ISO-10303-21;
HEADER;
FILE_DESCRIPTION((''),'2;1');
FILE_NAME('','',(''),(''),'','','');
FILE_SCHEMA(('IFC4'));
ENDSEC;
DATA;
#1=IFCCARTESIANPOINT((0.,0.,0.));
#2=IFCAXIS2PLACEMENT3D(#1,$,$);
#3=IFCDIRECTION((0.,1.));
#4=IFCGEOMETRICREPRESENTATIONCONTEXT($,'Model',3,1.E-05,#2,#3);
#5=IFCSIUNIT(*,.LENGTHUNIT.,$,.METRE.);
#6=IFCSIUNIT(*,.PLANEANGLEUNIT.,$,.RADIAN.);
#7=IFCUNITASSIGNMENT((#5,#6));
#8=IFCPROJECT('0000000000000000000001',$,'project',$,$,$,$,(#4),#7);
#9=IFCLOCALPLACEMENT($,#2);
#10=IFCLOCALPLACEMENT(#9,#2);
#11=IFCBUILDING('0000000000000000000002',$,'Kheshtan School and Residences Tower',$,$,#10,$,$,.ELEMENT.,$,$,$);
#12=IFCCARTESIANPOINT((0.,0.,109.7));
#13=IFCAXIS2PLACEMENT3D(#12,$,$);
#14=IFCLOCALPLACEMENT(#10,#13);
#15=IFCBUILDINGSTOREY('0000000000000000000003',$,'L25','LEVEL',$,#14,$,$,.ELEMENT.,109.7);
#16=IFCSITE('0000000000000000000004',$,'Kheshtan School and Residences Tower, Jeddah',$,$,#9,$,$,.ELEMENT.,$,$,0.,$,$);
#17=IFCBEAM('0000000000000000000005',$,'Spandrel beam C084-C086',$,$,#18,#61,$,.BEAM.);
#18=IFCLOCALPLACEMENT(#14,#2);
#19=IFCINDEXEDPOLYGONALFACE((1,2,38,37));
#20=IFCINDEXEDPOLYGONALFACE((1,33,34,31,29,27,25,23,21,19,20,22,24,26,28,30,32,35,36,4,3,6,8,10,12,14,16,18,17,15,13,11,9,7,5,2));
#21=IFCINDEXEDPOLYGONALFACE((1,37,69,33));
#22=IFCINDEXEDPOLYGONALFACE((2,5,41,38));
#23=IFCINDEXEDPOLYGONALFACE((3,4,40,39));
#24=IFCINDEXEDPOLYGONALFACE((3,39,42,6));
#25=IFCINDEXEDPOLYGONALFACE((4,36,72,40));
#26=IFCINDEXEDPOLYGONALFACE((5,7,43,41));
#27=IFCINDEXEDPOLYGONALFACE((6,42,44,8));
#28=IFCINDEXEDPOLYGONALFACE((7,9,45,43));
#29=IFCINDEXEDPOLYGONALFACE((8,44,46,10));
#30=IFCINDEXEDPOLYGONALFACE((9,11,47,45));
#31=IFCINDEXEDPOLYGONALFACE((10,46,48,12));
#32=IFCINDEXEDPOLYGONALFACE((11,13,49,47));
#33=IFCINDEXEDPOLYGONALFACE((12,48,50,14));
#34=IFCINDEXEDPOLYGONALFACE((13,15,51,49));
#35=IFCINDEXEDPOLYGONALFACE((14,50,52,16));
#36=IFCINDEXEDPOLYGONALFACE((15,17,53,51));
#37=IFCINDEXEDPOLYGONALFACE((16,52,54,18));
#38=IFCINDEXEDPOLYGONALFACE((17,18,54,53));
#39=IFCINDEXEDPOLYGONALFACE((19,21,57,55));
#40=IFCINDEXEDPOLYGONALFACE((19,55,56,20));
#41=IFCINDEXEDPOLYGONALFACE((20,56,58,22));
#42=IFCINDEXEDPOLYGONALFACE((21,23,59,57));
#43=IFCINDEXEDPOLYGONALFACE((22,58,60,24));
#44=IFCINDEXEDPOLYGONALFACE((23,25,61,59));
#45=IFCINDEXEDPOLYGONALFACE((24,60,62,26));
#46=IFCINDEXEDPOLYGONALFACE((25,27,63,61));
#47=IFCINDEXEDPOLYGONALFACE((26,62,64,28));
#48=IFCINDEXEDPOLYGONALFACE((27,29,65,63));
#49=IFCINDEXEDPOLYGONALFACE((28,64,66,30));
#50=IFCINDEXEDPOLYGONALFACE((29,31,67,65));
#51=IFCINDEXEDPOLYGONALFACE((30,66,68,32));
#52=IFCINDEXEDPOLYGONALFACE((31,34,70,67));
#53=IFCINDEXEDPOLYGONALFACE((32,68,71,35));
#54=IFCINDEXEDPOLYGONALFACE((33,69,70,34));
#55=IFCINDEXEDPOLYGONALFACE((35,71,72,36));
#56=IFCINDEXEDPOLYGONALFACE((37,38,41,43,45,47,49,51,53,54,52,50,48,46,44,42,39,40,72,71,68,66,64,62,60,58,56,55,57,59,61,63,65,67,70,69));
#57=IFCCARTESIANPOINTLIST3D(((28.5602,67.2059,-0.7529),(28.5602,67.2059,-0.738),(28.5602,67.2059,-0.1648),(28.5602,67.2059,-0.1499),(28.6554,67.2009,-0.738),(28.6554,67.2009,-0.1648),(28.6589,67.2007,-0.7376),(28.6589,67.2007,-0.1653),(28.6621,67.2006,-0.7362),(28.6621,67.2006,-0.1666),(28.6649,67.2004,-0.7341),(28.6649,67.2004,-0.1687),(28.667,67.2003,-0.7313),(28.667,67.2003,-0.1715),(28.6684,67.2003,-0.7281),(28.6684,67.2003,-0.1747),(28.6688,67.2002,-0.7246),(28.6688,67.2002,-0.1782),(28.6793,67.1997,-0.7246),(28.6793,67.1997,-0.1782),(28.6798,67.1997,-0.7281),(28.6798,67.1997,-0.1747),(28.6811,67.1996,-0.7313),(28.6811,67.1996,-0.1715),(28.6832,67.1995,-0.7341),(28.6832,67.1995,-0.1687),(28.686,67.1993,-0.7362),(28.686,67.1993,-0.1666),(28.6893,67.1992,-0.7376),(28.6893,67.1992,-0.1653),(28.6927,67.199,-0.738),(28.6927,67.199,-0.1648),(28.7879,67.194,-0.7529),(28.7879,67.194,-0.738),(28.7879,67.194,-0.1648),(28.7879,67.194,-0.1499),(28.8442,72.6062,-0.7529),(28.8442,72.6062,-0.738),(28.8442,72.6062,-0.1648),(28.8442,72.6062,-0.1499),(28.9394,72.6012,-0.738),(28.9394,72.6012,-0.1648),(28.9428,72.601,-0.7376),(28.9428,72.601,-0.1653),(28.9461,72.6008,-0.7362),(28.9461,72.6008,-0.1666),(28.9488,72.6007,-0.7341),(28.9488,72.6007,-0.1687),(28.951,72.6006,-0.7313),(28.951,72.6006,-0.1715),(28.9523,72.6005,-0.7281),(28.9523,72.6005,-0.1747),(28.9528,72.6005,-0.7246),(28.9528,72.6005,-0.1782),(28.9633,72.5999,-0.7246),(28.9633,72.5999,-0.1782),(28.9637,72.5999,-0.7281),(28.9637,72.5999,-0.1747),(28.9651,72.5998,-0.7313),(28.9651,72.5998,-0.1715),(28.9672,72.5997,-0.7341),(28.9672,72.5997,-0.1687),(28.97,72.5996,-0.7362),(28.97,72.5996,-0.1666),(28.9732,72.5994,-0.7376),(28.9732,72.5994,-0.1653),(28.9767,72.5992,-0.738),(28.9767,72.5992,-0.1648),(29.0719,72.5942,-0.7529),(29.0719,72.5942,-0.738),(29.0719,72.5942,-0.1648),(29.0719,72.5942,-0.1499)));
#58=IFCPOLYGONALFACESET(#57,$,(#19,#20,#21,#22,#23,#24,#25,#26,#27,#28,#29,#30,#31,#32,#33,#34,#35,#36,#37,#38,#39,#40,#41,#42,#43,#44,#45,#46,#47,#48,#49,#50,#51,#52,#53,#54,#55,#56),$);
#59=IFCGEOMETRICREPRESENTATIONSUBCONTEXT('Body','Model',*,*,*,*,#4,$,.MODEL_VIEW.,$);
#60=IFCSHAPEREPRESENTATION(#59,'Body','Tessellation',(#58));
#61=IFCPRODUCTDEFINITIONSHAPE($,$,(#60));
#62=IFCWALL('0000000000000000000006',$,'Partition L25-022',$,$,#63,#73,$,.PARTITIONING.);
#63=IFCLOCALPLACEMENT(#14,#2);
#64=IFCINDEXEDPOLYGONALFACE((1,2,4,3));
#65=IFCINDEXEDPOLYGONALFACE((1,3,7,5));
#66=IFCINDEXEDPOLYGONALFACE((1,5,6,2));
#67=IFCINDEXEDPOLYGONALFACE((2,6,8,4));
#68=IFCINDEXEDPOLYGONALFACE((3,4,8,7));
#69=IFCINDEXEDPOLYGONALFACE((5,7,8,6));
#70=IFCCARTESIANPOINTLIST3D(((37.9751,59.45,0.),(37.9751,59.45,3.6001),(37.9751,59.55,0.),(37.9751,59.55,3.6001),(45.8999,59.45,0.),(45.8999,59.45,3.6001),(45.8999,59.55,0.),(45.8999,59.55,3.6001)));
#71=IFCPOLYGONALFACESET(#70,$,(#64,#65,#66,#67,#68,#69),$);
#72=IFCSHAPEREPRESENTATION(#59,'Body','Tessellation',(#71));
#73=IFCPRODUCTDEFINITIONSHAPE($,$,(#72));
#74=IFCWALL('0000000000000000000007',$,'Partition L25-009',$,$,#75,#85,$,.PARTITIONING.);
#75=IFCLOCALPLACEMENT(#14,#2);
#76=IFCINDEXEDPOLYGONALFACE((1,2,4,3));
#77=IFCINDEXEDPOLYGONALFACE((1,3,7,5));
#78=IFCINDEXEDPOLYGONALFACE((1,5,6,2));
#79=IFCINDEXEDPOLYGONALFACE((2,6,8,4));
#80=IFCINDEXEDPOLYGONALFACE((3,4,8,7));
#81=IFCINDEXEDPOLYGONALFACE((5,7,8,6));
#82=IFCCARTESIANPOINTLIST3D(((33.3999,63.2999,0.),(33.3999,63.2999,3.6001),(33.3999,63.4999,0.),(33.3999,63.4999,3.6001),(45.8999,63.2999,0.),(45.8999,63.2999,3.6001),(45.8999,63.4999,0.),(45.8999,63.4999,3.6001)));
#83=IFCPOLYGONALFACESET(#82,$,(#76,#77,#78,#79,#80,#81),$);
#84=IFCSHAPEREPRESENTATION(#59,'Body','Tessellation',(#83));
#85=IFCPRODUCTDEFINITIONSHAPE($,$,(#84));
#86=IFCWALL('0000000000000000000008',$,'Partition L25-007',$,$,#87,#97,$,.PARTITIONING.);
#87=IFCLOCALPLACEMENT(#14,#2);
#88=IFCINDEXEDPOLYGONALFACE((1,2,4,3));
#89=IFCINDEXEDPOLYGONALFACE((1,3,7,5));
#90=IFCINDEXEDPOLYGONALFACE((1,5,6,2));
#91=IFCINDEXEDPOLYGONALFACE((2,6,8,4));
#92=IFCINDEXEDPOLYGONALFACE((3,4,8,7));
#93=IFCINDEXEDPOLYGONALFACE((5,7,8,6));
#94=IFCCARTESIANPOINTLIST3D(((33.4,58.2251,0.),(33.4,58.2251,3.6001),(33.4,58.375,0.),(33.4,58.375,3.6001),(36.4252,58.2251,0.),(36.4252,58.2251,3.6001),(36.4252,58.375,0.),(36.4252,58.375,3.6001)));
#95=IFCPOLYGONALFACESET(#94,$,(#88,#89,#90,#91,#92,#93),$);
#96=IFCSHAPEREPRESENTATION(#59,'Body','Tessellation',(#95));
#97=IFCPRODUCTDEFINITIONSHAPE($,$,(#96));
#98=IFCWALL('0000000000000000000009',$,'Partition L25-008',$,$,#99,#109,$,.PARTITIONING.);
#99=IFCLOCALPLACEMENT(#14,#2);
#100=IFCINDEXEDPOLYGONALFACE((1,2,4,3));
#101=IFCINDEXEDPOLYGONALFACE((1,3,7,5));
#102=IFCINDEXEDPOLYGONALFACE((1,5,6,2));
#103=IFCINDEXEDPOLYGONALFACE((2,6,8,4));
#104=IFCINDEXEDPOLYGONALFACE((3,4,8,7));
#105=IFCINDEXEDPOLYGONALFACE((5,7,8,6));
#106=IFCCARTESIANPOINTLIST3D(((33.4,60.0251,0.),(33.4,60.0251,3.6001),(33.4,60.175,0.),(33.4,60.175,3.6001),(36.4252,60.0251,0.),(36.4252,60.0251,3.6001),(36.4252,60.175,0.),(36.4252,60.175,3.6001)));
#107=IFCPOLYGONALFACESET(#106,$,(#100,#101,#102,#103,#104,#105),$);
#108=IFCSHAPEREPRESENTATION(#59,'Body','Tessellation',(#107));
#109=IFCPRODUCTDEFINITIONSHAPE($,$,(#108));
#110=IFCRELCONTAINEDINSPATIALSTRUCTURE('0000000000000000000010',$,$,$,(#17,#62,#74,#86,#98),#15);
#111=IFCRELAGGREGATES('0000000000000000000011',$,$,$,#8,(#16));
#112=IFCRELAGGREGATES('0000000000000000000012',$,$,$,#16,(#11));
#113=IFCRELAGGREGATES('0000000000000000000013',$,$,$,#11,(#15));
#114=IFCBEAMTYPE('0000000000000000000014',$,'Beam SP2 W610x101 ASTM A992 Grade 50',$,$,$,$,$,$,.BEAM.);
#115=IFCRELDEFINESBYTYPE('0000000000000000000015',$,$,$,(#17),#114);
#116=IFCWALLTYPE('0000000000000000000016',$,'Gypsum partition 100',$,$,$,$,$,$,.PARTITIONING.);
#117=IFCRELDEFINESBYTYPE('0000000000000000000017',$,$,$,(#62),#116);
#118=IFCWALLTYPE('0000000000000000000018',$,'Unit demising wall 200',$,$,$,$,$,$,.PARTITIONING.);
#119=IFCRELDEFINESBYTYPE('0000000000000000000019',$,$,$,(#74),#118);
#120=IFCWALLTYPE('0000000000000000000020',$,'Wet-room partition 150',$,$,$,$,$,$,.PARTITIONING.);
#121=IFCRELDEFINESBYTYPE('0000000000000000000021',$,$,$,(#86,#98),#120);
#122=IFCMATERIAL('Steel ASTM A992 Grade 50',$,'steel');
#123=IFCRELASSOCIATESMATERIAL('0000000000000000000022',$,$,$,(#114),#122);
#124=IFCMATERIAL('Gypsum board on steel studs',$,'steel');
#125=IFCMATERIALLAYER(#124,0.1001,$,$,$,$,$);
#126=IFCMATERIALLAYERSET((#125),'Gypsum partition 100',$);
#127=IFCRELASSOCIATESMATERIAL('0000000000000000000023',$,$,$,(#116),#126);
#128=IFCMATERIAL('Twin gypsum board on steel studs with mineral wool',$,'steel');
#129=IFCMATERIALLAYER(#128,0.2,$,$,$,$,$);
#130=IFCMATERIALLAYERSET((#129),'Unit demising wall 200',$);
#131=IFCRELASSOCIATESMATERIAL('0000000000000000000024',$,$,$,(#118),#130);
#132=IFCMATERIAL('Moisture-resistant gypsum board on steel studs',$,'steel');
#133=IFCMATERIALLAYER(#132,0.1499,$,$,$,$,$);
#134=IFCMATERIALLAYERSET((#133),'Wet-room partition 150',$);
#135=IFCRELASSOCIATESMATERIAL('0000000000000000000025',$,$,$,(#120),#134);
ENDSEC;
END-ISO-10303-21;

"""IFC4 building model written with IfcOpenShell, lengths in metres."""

from ifc_helpers import new_model, si_unit, direction, frame, frame_2d, origin, origin_2d, place, context, subcontext, project, spatial, rectangle, i_section, extrude, material, layer, layer_set, material_profile, profile_set, type_object, element, save


model = new_model("IFC4")

# Units and contexts
model_context = context("Model", 3, precision=1e-05, world=origin(), true_north=direction((0.0, 1.0)))
body_context = subcontext(model_context, "Body", "Model", "MODEL_VIEW")
ifc_project = project(units=[si_unit("LENGTHUNIT", "METRE"), si_unit("PLANEANGLEUNIT", "RADIAN")], contexts=[model_context])

# Site, building, storey
site_placement = place(None, origin())
site = spatial("IfcSite", under=ifc_project, at=site_placement, Name="Kheshtan School and Residences Tower, Jeddah", CompositionType="ELEMENT", RefElevation=0.0)
building_placement = place(site_placement, origin())
building = spatial("IfcBuilding", under=site, at=building_placement, Name="Kheshtan School and Residences Tower", CompositionType="ELEMENT")
storey_placement = place(building_placement, frame((0.0, 0.0, 109.7)))
storey = spatial("IfcBuildingStorey", under=building, at=storey_placement, Name="L25", Description="LEVEL", CompositionType="ELEMENT", Elevation=109.7)

# Shared definitions
ifc_material_1 = material(Name="Steel ASTM A992 Grade 50", Category="steel")

# Beam
ifc_material_profile_1 = material_profile(ifc_material_1, i_section(OverallWidth=0.228, OverallDepth=0.603, WebThickness=0.0105, FlangeThickness=0.0149, FilletRadius=0.0134, at=origin_2d()), Name="W610x101")
ifc_profile_set_1 = profile_set([ifc_material_profile_1], Name="Steel ASTM A992 Grade 50")
beam_type_1 = type_object("IfcBeamType", Name="Beam SP2 W610x101 ASTM A992 Grade 50", PredefinedType="BEAM", material=ifc_profile_set_1)
beam_1_placement = place(storey_placement, frame((28.6741, 67.2, -0.4514), z_axis=(0.052507, 0.998621, 0.0), x_axis=(-0.998621, 0.052507, 0.0)))
element("IfcBeam", 1, at=beam_1_placement, inside=storey, type_object=beam_type_1, Name="Spandrel beam C084-C086", PredefinedType="BEAM", context=body_context, shape_type="SweptSolid", body=[
    extrude(i_section(OverallWidth=0.228, OverallDepth=0.603, WebThickness=0.0105, FlangeThickness=0.0149, FilletRadius=0.0134, at=origin_2d()), origin(), (0.0, 0.0, 1.0), 5.4077),
])

# Walls
ifc_material_2 = material(Name="Gypsum board on steel studs", Category="steel")
ifc_layer_1 = layer(ifc_material_2, 0.1001)
ifc_layer_set_1 = layer_set([ifc_layer_1], Name="Gypsum partition 100")
wall_type_1 = type_object("IfcWallType", Name="Gypsum partition 100", PredefinedType="PARTITIONING", material=ifc_layer_set_1)
wall_1_placement = place(storey_placement, frame((37.9751, 59.5, 0.0), z_axis=(0.0, 0.0, 1.0), x_axis=(1.0, 0.0, 0.0)))
element("IfcWall", 2, at=wall_1_placement, inside=storey, type_object=wall_type_1, Name="Partition L25-022", PredefinedType="PARTITIONING", context=body_context, shape_type="SweptSolid", body=[
    extrude(rectangle(XDim=7.9248, YDim=0.1001, at=frame_2d((3.9624, 0.0))), origin(), (0.0, 0.0, 1.0), 3.6001),
])
ifc_material_3 = material(Name="Twin gypsum board on steel studs with mineral wool", Category="steel")
ifc_layer_2 = layer(ifc_material_3, 0.2)
ifc_layer_set_2 = layer_set([ifc_layer_2], Name="Unit demising wall 200")
wall_type_2 = type_object("IfcWallType", Name="Unit demising wall 200", PredefinedType="PARTITIONING", material=ifc_layer_set_2)
wall_2_placement = place(storey_placement, frame((33.3999, 63.3999, 0.0), z_axis=(0.0, 0.0, 1.0), x_axis=(1.0, 0.0, 0.0)))
element("IfcWall", 3, at=wall_2_placement, inside=storey, type_object=wall_type_2, Name="Partition L25-009", PredefinedType="PARTITIONING", context=body_context, shape_type="SweptSolid", body=[
    extrude(rectangle(XDim=12.5, YDim=0.2, at=frame_2d((6.25, 0.0))), origin(), (0.0, 0.0, 1.0), 3.6001),
])
ifc_material_4 = material(Name="Moisture-resistant gypsum board on steel studs", Category="steel")
ifc_layer_3 = layer(ifc_material_4, 0.1499)
ifc_layer_set_3 = layer_set([ifc_layer_3], Name="Wet-room partition 150")
wall_type_3 = type_object("IfcWallType", Name="Wet-room partition 150", PredefinedType="PARTITIONING", material=ifc_layer_set_3)
for number, where, z_axis, x_axis, name in (
    (4, (33.3999, 58.3, 0.0), (0.0, 0.0, 1.0), (1.0, 0.0, 0.0), "Partition L25-007"),
    (5, (33.3999, 60.1001, 0.0), (0.0, 0.0, 1.0), (1.0, 0.0, 0.0), "Partition L25-008"),
):
    element("IfcWall", number, at=place(storey_placement, frame(where, z_axis=z_axis, x_axis=x_axis)), inside=storey, type_object=wall_type_3, Name=name, PredefinedType="PARTITIONING", context=body_context, shape_type="SweptSolid", body=[
        extrude(rectangle(XDim=3.0251, YDim=0.1499, at=frame_2d((1.5127, 0.0))), origin(), (0.0, 0.0, 1.0), 3.6001),
    ])

save(model, "model.ifc")
